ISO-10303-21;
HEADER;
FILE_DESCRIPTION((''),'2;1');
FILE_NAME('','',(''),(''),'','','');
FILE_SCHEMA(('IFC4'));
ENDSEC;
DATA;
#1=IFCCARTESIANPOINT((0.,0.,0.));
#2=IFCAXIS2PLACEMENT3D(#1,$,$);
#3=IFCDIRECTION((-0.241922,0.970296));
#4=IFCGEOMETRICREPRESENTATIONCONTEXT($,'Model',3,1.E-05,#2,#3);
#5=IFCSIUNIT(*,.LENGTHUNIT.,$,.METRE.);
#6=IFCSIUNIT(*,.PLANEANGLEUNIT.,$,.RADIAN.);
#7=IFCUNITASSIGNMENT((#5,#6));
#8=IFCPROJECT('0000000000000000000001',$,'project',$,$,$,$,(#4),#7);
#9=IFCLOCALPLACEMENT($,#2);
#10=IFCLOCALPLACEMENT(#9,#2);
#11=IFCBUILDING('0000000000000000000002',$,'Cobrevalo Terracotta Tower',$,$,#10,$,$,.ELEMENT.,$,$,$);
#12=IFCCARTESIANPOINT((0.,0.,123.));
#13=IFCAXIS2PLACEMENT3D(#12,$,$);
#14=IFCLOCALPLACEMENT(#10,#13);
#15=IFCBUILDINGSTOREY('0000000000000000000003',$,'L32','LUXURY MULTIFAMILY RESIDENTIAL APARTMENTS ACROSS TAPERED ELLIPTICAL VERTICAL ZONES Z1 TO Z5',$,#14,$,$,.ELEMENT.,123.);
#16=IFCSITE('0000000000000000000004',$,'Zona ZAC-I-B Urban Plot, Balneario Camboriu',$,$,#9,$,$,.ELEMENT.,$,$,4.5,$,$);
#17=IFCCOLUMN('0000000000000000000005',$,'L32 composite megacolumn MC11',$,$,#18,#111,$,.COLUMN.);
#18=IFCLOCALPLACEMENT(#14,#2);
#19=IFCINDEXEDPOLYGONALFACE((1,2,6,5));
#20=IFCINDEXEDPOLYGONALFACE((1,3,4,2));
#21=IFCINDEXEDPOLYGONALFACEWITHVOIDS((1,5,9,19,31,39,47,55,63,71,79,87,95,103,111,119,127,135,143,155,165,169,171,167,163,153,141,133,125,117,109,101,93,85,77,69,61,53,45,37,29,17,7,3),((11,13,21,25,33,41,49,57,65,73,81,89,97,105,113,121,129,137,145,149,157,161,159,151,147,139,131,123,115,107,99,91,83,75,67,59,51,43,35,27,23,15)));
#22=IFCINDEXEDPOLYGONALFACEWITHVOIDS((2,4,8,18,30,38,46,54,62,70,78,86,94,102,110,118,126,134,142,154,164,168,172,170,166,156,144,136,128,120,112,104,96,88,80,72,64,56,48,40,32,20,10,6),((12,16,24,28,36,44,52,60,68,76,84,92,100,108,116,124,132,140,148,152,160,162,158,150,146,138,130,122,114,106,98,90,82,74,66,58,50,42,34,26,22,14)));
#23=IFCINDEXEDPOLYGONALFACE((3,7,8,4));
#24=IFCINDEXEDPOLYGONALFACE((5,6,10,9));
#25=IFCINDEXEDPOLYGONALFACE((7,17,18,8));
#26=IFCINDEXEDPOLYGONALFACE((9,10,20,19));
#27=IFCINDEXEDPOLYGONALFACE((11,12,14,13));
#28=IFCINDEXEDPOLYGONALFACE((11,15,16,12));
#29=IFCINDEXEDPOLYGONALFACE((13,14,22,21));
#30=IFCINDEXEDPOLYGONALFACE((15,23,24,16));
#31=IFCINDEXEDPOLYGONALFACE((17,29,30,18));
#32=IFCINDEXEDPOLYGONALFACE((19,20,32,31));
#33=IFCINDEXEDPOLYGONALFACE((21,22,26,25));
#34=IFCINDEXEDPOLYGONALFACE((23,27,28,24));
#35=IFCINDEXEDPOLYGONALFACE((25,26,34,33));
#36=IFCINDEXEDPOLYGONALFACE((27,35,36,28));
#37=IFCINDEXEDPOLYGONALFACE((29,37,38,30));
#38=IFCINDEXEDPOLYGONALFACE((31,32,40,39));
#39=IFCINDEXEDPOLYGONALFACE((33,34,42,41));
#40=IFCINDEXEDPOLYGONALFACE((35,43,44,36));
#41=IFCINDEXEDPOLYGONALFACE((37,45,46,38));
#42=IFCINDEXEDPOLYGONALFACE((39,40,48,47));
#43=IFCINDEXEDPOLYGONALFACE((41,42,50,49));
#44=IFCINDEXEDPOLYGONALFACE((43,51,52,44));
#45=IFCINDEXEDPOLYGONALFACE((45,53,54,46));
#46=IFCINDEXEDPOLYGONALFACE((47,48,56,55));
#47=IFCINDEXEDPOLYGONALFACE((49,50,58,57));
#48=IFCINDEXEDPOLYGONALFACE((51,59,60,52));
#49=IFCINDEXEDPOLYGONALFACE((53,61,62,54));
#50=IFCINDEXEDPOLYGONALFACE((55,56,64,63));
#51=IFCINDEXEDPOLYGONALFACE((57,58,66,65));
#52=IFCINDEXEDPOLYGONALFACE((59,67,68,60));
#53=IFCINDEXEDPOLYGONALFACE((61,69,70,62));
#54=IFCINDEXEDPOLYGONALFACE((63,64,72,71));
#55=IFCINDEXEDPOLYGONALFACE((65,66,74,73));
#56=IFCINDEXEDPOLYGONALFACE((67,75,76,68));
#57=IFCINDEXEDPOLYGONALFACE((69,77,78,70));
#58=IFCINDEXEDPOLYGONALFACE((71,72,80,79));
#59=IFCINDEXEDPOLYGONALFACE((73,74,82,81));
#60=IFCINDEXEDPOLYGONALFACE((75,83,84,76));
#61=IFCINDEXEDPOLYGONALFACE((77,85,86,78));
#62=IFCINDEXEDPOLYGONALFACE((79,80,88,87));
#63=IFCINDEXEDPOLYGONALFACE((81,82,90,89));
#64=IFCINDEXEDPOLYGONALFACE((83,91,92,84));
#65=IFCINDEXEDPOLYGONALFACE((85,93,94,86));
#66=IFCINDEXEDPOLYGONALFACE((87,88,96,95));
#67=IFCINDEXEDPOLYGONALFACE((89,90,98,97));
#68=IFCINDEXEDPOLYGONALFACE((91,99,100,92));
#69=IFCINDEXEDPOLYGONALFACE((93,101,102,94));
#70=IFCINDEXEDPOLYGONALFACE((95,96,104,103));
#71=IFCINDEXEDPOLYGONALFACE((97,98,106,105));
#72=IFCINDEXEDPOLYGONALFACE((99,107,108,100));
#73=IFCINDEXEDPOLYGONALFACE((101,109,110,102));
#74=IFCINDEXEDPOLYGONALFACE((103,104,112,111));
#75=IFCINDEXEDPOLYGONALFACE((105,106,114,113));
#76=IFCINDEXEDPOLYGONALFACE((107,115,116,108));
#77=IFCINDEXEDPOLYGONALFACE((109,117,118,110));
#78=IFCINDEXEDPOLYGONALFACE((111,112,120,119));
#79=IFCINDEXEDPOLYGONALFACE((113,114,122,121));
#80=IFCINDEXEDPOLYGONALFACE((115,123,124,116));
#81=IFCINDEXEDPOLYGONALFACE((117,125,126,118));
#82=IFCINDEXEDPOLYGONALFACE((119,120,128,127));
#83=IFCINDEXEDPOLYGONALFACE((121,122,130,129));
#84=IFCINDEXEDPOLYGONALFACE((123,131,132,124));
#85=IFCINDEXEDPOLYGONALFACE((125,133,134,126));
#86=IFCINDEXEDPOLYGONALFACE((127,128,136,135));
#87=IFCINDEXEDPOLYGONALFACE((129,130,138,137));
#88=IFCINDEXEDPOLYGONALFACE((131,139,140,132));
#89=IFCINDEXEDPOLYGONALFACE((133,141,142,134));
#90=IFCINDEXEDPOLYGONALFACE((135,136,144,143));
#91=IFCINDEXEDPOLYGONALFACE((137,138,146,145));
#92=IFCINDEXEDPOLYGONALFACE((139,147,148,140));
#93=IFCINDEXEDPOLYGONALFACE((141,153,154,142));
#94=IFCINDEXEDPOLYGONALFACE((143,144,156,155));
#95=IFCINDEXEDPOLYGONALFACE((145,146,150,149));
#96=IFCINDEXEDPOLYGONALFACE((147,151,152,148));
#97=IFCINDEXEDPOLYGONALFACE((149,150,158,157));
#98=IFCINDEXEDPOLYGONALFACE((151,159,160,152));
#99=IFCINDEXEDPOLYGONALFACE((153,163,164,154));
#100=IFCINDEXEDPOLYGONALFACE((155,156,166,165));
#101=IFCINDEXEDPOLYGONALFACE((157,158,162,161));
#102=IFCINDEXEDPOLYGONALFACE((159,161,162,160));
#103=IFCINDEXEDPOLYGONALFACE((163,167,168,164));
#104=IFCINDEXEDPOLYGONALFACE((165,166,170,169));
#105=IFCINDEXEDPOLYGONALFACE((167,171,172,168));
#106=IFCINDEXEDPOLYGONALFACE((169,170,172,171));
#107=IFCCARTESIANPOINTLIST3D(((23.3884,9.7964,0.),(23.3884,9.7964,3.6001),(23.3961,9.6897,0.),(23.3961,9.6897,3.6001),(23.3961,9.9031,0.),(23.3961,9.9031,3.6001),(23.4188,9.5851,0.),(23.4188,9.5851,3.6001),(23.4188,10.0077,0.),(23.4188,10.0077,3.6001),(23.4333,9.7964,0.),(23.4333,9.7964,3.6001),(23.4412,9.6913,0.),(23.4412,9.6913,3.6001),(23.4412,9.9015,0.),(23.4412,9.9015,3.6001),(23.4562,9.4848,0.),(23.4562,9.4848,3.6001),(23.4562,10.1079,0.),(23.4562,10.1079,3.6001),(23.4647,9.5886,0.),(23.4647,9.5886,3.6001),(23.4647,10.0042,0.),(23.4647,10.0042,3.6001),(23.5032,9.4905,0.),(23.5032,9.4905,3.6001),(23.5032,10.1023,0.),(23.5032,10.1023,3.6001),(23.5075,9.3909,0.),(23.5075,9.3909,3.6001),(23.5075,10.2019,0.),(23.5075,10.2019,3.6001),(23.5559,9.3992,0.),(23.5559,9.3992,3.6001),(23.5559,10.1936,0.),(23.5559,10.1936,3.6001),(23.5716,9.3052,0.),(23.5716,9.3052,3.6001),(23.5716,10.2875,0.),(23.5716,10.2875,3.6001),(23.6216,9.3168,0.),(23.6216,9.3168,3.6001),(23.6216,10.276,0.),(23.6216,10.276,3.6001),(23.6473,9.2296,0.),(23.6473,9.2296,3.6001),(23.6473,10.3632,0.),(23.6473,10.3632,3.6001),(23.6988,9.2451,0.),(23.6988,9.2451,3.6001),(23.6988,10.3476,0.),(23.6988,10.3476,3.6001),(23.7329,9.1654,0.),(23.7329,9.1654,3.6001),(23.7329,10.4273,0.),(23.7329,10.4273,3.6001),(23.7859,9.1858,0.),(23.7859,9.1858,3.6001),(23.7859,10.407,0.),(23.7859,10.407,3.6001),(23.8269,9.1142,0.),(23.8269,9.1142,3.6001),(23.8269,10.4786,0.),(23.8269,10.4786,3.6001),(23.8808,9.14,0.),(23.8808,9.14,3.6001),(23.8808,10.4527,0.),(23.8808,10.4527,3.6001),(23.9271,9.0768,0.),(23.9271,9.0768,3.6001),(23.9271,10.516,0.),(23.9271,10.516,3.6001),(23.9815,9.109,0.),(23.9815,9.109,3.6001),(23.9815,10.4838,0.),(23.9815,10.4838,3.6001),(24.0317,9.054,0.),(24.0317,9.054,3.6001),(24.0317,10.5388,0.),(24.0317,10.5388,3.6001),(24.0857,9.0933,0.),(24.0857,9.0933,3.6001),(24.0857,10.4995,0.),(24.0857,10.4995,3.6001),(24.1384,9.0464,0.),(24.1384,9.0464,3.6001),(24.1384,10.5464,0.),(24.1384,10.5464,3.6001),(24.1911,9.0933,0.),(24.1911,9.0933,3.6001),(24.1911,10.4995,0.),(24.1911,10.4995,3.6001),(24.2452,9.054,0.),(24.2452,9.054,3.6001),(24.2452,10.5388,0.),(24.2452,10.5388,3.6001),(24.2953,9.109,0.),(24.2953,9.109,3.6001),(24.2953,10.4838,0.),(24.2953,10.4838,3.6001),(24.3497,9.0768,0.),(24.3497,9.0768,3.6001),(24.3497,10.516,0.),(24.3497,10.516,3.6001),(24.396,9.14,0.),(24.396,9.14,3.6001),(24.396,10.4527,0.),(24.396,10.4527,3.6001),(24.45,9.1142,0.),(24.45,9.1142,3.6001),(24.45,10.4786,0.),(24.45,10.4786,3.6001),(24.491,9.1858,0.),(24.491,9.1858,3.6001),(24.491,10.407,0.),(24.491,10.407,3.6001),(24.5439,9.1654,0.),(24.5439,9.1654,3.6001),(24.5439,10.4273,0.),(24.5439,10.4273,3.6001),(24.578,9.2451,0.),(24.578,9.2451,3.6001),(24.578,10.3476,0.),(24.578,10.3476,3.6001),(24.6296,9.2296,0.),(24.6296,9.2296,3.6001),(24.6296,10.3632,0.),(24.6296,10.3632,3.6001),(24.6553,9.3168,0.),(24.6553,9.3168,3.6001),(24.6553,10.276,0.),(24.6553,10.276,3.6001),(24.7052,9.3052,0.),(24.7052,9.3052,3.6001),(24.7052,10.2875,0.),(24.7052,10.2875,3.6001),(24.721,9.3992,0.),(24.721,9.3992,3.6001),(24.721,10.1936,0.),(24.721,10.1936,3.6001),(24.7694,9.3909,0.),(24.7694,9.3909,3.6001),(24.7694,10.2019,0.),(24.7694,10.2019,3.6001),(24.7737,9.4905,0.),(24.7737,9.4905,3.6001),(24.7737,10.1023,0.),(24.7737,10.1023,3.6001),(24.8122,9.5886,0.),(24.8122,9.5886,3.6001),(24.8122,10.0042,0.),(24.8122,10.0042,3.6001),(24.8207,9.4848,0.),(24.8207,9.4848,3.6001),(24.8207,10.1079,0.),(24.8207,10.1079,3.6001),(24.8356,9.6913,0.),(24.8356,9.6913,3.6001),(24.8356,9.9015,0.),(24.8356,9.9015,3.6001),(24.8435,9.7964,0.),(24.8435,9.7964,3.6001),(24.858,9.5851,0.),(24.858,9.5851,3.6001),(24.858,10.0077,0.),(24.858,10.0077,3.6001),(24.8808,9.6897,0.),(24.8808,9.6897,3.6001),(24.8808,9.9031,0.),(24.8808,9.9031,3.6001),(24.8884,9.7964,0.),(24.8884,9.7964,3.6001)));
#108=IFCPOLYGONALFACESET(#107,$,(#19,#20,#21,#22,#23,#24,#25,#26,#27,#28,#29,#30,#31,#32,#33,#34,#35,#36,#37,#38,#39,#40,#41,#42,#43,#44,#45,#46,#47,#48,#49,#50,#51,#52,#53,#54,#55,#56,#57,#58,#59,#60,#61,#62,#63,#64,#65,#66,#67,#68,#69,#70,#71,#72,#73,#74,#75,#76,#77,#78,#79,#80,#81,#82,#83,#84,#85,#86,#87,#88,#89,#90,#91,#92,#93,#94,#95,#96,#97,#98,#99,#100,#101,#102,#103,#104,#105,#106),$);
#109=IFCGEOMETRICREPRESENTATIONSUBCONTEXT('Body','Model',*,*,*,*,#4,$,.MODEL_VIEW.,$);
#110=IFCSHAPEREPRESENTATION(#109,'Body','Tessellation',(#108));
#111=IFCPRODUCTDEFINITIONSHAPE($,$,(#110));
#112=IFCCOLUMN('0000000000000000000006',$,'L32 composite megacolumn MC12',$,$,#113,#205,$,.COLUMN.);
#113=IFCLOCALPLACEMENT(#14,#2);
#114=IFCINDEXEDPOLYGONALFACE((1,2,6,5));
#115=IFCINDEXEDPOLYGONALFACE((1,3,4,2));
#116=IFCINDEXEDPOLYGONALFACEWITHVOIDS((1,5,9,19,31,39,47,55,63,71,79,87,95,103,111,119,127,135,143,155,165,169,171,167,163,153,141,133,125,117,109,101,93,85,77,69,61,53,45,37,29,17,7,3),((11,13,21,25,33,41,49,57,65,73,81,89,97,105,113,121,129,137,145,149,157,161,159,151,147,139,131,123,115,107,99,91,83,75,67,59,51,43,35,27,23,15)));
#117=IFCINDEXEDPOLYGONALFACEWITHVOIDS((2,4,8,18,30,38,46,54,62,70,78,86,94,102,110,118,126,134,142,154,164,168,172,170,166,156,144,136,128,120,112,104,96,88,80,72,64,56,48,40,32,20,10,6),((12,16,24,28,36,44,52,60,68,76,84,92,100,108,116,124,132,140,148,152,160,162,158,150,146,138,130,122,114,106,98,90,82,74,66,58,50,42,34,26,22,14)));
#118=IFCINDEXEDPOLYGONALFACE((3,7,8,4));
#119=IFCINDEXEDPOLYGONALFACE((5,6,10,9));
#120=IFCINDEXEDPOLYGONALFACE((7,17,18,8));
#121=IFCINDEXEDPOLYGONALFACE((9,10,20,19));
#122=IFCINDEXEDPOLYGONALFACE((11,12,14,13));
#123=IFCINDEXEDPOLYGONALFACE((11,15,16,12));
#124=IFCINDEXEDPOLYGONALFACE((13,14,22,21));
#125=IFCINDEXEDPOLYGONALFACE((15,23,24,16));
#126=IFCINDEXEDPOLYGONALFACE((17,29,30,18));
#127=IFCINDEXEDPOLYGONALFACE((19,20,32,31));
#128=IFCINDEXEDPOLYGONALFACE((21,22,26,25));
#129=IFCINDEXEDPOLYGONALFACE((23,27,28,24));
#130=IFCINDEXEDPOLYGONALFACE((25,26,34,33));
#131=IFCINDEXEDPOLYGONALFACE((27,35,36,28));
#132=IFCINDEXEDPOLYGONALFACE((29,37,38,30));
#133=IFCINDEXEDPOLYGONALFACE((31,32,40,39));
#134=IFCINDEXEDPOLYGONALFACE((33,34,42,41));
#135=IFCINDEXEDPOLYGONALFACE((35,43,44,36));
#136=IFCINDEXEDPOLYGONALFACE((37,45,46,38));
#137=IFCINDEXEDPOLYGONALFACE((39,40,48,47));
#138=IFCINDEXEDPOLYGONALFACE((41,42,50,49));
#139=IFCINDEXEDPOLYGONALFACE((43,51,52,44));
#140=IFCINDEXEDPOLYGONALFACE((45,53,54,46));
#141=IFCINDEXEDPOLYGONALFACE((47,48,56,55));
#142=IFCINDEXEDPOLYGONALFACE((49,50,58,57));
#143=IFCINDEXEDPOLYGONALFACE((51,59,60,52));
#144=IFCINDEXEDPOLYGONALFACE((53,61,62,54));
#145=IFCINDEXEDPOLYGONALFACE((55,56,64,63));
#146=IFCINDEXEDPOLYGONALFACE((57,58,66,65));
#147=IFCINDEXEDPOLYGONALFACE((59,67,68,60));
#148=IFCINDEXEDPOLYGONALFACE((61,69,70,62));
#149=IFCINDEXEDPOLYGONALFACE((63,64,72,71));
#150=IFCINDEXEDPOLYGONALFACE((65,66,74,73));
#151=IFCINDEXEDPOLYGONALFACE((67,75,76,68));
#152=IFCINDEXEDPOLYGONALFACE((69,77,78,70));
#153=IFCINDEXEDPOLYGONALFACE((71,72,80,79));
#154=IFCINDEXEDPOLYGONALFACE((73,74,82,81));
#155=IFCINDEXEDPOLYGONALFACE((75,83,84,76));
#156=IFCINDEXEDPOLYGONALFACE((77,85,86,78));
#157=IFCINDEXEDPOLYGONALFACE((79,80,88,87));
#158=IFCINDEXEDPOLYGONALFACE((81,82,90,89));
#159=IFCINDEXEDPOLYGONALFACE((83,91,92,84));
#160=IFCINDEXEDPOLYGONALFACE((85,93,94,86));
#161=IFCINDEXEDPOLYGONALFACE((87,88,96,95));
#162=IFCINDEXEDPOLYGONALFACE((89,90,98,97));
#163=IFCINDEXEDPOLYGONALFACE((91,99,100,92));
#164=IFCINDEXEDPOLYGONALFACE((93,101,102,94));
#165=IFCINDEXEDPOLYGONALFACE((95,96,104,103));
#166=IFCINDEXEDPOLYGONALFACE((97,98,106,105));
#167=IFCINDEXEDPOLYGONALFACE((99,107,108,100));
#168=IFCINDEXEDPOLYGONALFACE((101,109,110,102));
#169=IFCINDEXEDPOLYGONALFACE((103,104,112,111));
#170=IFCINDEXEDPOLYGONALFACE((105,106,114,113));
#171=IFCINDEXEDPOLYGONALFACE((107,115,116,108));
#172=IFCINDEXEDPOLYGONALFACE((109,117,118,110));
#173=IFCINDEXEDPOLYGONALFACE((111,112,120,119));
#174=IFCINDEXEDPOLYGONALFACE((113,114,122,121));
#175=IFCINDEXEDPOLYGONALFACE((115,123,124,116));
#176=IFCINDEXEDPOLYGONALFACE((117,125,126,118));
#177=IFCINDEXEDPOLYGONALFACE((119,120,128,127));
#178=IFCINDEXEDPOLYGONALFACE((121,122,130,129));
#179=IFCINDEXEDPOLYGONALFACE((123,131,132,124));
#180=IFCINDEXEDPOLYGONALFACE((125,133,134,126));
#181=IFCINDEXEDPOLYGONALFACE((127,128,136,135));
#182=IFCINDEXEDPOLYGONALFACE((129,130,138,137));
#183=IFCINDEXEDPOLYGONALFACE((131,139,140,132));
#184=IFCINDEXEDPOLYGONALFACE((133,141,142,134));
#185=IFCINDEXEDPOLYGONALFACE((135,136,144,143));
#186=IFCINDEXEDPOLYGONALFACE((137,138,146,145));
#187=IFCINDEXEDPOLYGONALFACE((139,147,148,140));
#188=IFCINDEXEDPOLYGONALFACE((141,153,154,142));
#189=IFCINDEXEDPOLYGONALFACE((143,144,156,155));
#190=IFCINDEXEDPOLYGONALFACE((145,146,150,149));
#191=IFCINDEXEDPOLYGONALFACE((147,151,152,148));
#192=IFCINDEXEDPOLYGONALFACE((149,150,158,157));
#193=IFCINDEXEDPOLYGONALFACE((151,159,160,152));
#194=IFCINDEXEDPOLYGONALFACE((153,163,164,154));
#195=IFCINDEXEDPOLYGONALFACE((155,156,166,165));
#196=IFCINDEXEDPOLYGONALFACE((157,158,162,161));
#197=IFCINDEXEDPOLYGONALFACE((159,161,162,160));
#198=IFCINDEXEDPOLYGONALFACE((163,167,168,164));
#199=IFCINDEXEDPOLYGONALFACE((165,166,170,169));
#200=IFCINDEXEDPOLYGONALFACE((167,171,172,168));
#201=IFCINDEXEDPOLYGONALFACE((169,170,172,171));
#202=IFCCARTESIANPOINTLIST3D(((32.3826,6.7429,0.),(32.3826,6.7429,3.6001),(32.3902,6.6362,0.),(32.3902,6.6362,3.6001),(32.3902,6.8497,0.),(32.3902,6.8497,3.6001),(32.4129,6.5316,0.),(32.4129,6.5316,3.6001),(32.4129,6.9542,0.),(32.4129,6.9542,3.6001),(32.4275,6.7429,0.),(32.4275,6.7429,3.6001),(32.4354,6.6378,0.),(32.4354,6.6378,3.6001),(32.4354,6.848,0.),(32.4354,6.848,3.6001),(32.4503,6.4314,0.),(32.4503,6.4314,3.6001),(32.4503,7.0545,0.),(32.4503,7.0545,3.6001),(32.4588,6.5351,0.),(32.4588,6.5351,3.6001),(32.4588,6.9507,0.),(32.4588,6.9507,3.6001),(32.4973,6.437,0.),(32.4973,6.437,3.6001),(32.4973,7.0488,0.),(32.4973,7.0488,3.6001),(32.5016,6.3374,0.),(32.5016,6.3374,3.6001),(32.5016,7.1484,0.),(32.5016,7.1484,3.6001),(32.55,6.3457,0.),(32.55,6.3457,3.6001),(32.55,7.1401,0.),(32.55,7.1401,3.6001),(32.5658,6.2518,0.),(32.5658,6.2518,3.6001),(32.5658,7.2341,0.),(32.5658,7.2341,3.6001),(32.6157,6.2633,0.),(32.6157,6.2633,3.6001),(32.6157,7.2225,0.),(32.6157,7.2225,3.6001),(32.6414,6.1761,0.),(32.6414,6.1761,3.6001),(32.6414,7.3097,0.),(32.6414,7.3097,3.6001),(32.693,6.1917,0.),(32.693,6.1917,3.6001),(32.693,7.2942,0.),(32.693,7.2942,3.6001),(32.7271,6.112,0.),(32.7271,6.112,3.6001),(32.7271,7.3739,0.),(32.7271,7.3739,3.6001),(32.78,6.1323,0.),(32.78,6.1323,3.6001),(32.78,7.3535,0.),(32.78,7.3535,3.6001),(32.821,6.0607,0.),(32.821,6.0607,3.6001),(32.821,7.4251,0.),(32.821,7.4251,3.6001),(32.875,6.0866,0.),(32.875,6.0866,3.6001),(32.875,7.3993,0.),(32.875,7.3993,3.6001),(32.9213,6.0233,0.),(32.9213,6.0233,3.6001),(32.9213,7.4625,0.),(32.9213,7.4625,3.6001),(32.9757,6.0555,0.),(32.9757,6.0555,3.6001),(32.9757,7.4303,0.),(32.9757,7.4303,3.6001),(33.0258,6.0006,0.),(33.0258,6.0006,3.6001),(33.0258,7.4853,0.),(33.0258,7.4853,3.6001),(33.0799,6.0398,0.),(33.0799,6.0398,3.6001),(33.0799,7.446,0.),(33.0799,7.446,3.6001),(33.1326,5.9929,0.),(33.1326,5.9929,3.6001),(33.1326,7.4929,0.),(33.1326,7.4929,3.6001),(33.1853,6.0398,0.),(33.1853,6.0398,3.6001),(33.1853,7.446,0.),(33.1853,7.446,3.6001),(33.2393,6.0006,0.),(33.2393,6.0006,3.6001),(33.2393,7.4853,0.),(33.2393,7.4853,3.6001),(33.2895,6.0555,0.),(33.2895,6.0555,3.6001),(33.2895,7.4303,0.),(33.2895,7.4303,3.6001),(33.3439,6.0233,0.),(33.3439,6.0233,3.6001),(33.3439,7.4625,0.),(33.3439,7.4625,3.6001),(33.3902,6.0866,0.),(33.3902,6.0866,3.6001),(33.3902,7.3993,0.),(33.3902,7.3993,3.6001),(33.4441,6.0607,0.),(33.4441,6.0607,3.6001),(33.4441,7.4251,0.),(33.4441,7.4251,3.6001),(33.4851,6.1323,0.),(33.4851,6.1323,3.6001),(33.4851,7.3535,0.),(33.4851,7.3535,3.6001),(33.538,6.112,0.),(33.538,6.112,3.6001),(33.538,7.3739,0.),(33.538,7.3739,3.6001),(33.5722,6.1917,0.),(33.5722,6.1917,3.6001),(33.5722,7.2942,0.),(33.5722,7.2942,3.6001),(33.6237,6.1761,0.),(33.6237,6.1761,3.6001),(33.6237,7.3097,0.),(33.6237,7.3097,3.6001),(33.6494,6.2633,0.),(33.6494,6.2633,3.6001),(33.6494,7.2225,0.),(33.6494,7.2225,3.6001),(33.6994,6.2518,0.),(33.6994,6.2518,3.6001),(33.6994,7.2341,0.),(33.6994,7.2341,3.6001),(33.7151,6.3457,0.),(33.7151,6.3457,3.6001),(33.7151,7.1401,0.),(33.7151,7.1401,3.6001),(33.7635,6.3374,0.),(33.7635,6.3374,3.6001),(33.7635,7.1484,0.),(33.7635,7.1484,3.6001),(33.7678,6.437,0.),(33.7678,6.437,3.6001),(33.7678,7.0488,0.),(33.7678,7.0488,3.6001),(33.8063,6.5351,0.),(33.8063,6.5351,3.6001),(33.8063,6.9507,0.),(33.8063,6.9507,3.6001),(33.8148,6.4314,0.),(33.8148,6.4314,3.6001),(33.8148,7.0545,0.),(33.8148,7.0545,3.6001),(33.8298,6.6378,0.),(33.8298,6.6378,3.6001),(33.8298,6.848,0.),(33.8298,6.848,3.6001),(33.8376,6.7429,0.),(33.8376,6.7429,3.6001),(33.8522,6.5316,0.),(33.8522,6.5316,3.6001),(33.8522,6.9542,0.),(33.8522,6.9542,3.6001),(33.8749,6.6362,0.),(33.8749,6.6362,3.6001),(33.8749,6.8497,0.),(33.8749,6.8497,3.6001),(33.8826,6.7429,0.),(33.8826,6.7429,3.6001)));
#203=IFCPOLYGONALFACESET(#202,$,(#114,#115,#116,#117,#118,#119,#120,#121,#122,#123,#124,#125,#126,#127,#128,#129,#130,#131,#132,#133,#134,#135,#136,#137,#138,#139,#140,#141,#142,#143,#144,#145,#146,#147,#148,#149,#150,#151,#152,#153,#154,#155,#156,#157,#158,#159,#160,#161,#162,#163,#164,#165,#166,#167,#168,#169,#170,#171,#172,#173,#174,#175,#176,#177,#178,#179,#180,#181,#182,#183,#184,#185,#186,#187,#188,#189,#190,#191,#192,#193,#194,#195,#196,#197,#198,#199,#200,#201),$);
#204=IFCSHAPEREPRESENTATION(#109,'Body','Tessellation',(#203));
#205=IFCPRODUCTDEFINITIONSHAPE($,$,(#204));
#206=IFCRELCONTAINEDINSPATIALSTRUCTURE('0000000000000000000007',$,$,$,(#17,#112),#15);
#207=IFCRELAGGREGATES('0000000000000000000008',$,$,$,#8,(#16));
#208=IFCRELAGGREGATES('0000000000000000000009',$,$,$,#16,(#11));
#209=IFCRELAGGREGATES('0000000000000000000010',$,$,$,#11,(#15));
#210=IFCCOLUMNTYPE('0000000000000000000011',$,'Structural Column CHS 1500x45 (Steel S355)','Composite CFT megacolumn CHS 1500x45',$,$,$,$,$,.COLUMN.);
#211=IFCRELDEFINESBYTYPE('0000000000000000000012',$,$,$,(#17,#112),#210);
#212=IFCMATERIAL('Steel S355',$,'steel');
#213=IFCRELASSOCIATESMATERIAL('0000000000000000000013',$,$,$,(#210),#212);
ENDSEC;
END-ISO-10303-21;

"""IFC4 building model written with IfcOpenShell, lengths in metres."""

from ifc_helpers import new_model, si_unit, direction, frame, origin, origin_2d, place, context, subcontext, project, spatial, hollow_circle, extrude, material, material_profile, profile_set, type_object, element, save


model = new_model("IFC4")

# Units and contexts
model_context = context("Model", 3, precision=1e-05, world=origin(), true_north=direction((-0.241922, 0.970296)))
body_context = subcontext(model_context, "Body", "Model", "MODEL_VIEW")
ifc_project = project(units=[si_unit("LENGTHUNIT", "METRE"), si_unit("PLANEANGLEUNIT", "RADIAN")], contexts=[model_context])

# Site, building, storey
site_placement = place(None, origin())
site = spatial("IfcSite", under=ifc_project, at=site_placement, Name="Zona ZAC-I-B Urban Plot, Balneario Camboriu", CompositionType="ELEMENT", RefElevation=4.5)
building_placement = place(site_placement, origin())
building = spatial("IfcBuilding", under=site, at=building_placement, Name="Cobrevalo Terracotta Tower", CompositionType="ELEMENT")
storey_placement = place(building_placement, frame((0.0, 0.0, 123.0)))
storey = spatial("IfcBuildingStorey", under=building, at=storey_placement, Name="L32", Description="LUXURY MULTIFAMILY RESIDENTIAL APARTMENTS ACROSS TAPERED ELLIPTICAL VERTICAL ZONES Z1 TO Z5", CompositionType="ELEMENT", Elevation=123.0)

# Columns
ifc_material_1 = material(Name="Steel S355", Category="steel")
ifc_material_profile_1 = material_profile(ifc_material_1, hollow_circle(Radius=0.75, WallThickness=0.0449, at=origin_2d()), Name="CHS 1500x45")
ifc_profile_set_1 = profile_set([ifc_material_profile_1], Name="Steel S355")
column_type = type_object("IfcColumnType", Name="Structural Column CHS 1500x45 (Steel S355)", Description="Composite CFT megacolumn CHS 1500x45", PredefinedType="COLUMN", material=ifc_profile_set_1)
for number, where, z_axis, x_axis, name in (
    (1, (24.1384, 9.7964, 0.0), (0.0, 0.0, 1.0), (1.0, 0.0, 0.0), "L32 composite megacolumn MC11"),
    (2, (33.1326, 6.7429, 0.0), (0.0, 0.0, 1.0), (1.0, 0.0, 0.0), "L32 composite megacolumn MC12"),
):
    element("IfcColumn", number, at=place(storey_placement, frame(where, z_axis=z_axis, x_axis=x_axis)), inside=storey, type_object=column_type, Name=name, PredefinedType="COLUMN", context=body_context, shape_type="SweptSolid", body=[
        extrude(hollow_circle(Radius=0.75, WallThickness=0.0449, at=origin_2d()), origin(), (0.0, 0.0, 1.0), 3.6001),
    ])

save(model, "model.ifc")
